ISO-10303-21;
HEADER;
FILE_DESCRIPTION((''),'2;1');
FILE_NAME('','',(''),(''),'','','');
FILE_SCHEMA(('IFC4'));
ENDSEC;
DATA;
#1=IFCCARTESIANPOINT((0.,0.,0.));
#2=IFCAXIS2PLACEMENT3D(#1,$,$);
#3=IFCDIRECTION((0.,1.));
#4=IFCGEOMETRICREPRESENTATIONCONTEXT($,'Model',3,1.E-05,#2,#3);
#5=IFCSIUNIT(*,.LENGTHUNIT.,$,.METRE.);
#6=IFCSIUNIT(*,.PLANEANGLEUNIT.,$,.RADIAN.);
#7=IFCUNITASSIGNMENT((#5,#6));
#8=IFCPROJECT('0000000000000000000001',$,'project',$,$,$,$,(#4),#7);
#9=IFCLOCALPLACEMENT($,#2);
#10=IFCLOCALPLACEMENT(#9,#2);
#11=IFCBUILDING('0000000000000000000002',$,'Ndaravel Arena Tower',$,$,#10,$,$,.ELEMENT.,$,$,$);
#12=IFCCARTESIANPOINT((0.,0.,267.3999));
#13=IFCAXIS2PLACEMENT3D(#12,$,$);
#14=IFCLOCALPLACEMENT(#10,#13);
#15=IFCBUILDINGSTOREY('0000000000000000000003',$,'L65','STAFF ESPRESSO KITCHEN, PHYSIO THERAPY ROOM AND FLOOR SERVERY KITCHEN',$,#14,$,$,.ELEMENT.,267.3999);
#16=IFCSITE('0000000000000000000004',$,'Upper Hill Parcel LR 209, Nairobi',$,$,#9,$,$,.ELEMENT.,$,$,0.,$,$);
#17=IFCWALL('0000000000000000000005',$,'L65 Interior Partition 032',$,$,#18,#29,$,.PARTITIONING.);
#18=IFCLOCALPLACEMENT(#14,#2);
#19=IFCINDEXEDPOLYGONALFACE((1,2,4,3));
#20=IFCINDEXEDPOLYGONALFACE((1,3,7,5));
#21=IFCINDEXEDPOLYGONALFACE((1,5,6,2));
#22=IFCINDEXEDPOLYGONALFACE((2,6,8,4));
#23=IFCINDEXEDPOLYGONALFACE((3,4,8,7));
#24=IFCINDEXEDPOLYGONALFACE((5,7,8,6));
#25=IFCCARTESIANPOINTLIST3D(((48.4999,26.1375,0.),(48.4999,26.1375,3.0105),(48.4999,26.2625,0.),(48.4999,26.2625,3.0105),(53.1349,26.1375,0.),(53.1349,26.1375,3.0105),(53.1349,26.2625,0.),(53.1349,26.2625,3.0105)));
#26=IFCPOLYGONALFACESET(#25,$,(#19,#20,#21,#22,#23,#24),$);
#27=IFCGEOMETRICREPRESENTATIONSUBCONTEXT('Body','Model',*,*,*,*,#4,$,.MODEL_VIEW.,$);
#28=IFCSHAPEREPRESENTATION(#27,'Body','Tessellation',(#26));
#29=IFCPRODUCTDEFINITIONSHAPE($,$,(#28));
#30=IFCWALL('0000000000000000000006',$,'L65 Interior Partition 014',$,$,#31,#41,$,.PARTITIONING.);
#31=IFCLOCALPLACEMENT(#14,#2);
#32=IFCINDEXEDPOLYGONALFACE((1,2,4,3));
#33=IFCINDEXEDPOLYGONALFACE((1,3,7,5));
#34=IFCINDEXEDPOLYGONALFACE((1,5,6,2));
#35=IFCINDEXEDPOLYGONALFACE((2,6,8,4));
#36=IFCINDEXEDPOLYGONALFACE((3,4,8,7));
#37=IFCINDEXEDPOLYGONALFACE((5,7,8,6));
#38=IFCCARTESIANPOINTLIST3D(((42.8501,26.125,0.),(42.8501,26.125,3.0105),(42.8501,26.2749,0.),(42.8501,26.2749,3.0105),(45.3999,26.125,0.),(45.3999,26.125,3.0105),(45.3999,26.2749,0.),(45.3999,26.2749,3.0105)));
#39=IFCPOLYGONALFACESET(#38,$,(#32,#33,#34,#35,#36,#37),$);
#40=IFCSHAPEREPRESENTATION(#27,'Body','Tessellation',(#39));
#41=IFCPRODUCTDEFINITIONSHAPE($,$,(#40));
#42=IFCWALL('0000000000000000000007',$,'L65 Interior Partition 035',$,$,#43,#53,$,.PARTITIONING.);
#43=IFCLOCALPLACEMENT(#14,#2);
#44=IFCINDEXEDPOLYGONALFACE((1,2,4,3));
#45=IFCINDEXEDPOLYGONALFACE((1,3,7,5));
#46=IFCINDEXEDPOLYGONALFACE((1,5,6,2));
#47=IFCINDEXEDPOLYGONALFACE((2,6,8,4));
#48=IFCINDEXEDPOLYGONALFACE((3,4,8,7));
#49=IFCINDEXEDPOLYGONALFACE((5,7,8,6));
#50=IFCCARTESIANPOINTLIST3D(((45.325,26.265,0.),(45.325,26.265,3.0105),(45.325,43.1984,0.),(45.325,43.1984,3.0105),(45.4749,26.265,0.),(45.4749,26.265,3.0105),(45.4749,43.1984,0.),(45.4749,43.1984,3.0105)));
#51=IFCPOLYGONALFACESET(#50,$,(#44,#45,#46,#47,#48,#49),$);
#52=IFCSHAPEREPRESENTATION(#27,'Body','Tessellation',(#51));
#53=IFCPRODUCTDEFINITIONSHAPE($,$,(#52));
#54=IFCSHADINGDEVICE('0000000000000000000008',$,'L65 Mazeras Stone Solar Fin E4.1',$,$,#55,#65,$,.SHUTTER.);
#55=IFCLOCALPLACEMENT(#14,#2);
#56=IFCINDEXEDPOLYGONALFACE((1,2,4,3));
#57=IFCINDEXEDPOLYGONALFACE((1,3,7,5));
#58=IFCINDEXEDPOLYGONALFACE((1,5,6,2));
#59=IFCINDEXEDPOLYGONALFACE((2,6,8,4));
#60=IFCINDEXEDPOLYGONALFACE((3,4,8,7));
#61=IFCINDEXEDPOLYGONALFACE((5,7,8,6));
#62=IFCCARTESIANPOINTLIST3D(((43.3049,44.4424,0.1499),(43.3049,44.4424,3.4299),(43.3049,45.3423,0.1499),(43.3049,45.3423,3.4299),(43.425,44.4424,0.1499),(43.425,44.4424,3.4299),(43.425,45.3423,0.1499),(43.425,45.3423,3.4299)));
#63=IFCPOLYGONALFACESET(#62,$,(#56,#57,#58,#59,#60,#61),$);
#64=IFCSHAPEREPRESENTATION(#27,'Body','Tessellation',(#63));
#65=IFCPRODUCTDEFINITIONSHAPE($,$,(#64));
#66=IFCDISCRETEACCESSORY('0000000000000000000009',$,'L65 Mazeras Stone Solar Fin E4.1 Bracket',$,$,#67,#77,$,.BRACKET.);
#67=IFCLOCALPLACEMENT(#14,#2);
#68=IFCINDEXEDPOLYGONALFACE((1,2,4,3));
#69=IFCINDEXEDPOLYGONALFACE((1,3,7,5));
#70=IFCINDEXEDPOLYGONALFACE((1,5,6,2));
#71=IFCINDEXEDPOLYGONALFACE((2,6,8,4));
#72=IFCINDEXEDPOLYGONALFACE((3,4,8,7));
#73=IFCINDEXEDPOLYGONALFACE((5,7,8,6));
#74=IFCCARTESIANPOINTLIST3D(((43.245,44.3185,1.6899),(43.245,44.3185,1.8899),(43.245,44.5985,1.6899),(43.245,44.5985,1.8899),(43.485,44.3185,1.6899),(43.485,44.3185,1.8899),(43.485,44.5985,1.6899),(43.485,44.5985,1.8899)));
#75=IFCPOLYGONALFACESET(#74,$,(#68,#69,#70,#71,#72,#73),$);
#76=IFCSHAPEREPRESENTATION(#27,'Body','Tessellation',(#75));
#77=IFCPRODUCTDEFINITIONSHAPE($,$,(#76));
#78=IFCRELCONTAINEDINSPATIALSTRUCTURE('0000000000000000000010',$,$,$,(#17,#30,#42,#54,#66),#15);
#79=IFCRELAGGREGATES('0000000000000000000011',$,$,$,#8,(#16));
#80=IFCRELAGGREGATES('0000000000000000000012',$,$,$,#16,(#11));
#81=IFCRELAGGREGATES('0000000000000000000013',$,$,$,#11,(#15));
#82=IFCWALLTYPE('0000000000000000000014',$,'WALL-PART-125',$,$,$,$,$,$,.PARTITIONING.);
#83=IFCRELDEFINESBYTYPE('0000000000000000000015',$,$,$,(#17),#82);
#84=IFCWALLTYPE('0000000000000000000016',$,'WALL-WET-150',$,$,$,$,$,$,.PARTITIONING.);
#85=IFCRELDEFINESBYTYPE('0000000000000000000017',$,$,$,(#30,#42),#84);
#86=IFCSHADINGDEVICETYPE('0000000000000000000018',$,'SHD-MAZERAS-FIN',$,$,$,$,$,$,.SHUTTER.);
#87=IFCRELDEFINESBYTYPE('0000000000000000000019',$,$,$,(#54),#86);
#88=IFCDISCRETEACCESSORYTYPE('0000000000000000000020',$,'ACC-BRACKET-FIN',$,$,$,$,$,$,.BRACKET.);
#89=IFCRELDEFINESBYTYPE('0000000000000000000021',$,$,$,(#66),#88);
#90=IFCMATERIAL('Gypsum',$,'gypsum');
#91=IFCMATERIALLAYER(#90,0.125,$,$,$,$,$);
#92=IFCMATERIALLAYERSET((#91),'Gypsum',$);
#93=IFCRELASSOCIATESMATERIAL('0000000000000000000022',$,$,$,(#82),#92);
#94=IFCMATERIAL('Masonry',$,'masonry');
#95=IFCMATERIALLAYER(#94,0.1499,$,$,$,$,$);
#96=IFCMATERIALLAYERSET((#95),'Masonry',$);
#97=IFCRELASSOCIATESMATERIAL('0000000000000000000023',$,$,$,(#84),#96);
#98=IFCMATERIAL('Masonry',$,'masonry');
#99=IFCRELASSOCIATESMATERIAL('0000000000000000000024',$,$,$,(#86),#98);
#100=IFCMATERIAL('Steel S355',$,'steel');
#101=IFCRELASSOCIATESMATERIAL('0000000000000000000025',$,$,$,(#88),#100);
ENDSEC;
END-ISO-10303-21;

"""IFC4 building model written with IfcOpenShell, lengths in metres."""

from ifc_helpers import new_model, si_unit, direction, frame, frame_2d, origin, origin_2d, place, context, subcontext, project, spatial, rectangle, extrude, material, layer, layer_set, type_object, element, save


model = new_model("IFC4")

# Units and contexts
model_context = context("Model", 3, precision=1e-05, world=origin(), true_north=direction((0.0, 1.0)))
body_context = subcontext(model_context, "Body", "Model", "MODEL_VIEW")
ifc_project = project(units=[si_unit("LENGTHUNIT", "METRE"), si_unit("PLANEANGLEUNIT", "RADIAN")], contexts=[model_context])

# Site, building, storey
site_placement = place(None, origin())
site = spatial("IfcSite", under=ifc_project, at=site_placement, Name="Upper Hill Parcel LR 209, Nairobi", CompositionType="ELEMENT", RefElevation=0.0)
building_placement = place(site_placement, origin())
building = spatial("IfcBuilding", under=site, at=building_placement, Name="Ndaravel Arena Tower", CompositionType="ELEMENT")
storey_placement = place(building_placement, frame((0.0, 0.0, 267.3999)))
storey = spatial("IfcBuildingStorey", under=building, at=storey_placement, Name="L65", Description="STAFF ESPRESSO KITCHEN, PHYSIO THERAPY ROOM AND FLOOR SERVERY KITCHEN", CompositionType="ELEMENT", Elevation=267.3999)

# Shared definitions
ifc_material_1 = material(Name="Gypsum", Category="gypsum")
ifc_layer_1 = layer(ifc_material_1, 0.125)
ifc_layer_set_1 = layer_set([ifc_layer_1], Name="Gypsum")
wall_type_1 = type_object("IfcWallType", Name="WALL-PART-125", PredefinedType="PARTITIONING", material=ifc_layer_set_1)

# Walls
wall_1_placement = place(storey_placement, frame((48.5, 26.2, 0.0), z_axis=(0.0, 0.0, 1.0), x_axis=(1.0, 0.0, 0.0)))
element("IfcWall", 1, at=wall_1_placement, inside=storey, type_object=wall_type_1, Name="L65 Interior Partition 032", PredefinedType="PARTITIONING", context=body_context, shape_type="SweptSolid", body=[
    extrude(rectangle(XDim=4.635, YDim=0.125, at=frame_2d((2.3174, 0.0))), origin(), (0.0, 0.0, 1.0), 3.0105),
])
ifc_material_2 = material(Name="Masonry", Category="masonry")
ifc_layer_2 = layer(ifc_material_2, 0.1499)
ifc_layer_set_2 = layer_set([ifc_layer_2], Name="Masonry")
wall_type_2 = type_object("IfcWallType", Name="WALL-WET-150", PredefinedType="PARTITIONING", material=ifc_layer_set_2)
wall_2_placement = place(storey_placement, frame((42.8501, 26.2, 0.0), z_axis=(0.0, 0.0, 1.0), x_axis=(1.0, 0.0, 0.0)))
element("IfcWall", 2, at=wall_2_placement, inside=storey, type_object=wall_type_2, Name="L65 Interior Partition 014", PredefinedType="PARTITIONING", context=body_context, shape_type="SweptSolid", body=[
    extrude(rectangle(XDim=2.5498, YDim=0.1499, at=frame_2d((1.2749, 0.0))), origin(), (0.0, 0.0, 1.0), 3.0105),
])
wall_3_placement = place(storey_placement, frame((45.3999, 26.2649, 0.0), z_axis=(0.0, 0.0, 1.0), x_axis=(0.0, 1.0, 0.0)))
element("IfcWall", 3, at=wall_3_placement, inside=storey, type_object=wall_type_2, Name="L65 Interior Partition 035", PredefinedType="PARTITIONING", context=body_context, shape_type="SweptSolid", body=[
    extrude(rectangle(XDim=16.9333, YDim=0.1499, at=frame_2d((8.4668, 0.0))), origin(), (0.0, 0.0, 1.0), 3.0105),
])

# Shading device
ifc_material_3 = material(Name="Masonry", Category="masonry")
shading_device_type = type_object("IfcShadingDeviceType", Name="SHD-MAZERAS-FIN", PredefinedType="SHUTTER", material=ifc_material_3)
shading_device_placement = place(storey_placement, frame((43.365, 44.8923, 0.1499), z_axis=(0.0, 0.0, 1.0), x_axis=(0.0, 1.0, 0.0)))
element("IfcShadingDevice", 4, at=shading_device_placement, inside=storey, type_object=shading_device_type, Name="L65 Mazeras Stone Solar Fin E4.1", PredefinedType="SHUTTER", context=body_context, shape_type="SweptSolid", body=[
    extrude(rectangle(XDim=0.8999, YDim=0.1201, at=origin_2d()), origin(), (0.0, 0.0, 1.0), 3.28),
])

# Discrete accessory
ifc_material_4 = material(Name="Steel S355", Category="steel")
discrete_accessory_type = type_object("IfcDiscreteAccessoryType", Name="ACC-BRACKET-FIN", PredefinedType="BRACKET", material=ifc_material_4)
discrete_accessory_placement = place(storey_placement, frame((43.365, 44.4585, 1.6899), z_axis=(0.0, 0.0, 1.0), x_axis=(0.0, 1.0, 0.0)))
element("IfcDiscreteAccessory", 5, at=discrete_accessory_placement, inside=storey, type_object=discrete_accessory_type, Name="L65 Mazeras Stone Solar Fin E4.1 Bracket", PredefinedType="BRACKET", context=body_context, shape_type="SweptSolid", body=[
    extrude(rectangle(XDim=0.28, YDim=0.24, at=origin_2d()), origin(), (0.0, 0.0, 1.0), 0.2),
])

save(model, "model.ifc")
